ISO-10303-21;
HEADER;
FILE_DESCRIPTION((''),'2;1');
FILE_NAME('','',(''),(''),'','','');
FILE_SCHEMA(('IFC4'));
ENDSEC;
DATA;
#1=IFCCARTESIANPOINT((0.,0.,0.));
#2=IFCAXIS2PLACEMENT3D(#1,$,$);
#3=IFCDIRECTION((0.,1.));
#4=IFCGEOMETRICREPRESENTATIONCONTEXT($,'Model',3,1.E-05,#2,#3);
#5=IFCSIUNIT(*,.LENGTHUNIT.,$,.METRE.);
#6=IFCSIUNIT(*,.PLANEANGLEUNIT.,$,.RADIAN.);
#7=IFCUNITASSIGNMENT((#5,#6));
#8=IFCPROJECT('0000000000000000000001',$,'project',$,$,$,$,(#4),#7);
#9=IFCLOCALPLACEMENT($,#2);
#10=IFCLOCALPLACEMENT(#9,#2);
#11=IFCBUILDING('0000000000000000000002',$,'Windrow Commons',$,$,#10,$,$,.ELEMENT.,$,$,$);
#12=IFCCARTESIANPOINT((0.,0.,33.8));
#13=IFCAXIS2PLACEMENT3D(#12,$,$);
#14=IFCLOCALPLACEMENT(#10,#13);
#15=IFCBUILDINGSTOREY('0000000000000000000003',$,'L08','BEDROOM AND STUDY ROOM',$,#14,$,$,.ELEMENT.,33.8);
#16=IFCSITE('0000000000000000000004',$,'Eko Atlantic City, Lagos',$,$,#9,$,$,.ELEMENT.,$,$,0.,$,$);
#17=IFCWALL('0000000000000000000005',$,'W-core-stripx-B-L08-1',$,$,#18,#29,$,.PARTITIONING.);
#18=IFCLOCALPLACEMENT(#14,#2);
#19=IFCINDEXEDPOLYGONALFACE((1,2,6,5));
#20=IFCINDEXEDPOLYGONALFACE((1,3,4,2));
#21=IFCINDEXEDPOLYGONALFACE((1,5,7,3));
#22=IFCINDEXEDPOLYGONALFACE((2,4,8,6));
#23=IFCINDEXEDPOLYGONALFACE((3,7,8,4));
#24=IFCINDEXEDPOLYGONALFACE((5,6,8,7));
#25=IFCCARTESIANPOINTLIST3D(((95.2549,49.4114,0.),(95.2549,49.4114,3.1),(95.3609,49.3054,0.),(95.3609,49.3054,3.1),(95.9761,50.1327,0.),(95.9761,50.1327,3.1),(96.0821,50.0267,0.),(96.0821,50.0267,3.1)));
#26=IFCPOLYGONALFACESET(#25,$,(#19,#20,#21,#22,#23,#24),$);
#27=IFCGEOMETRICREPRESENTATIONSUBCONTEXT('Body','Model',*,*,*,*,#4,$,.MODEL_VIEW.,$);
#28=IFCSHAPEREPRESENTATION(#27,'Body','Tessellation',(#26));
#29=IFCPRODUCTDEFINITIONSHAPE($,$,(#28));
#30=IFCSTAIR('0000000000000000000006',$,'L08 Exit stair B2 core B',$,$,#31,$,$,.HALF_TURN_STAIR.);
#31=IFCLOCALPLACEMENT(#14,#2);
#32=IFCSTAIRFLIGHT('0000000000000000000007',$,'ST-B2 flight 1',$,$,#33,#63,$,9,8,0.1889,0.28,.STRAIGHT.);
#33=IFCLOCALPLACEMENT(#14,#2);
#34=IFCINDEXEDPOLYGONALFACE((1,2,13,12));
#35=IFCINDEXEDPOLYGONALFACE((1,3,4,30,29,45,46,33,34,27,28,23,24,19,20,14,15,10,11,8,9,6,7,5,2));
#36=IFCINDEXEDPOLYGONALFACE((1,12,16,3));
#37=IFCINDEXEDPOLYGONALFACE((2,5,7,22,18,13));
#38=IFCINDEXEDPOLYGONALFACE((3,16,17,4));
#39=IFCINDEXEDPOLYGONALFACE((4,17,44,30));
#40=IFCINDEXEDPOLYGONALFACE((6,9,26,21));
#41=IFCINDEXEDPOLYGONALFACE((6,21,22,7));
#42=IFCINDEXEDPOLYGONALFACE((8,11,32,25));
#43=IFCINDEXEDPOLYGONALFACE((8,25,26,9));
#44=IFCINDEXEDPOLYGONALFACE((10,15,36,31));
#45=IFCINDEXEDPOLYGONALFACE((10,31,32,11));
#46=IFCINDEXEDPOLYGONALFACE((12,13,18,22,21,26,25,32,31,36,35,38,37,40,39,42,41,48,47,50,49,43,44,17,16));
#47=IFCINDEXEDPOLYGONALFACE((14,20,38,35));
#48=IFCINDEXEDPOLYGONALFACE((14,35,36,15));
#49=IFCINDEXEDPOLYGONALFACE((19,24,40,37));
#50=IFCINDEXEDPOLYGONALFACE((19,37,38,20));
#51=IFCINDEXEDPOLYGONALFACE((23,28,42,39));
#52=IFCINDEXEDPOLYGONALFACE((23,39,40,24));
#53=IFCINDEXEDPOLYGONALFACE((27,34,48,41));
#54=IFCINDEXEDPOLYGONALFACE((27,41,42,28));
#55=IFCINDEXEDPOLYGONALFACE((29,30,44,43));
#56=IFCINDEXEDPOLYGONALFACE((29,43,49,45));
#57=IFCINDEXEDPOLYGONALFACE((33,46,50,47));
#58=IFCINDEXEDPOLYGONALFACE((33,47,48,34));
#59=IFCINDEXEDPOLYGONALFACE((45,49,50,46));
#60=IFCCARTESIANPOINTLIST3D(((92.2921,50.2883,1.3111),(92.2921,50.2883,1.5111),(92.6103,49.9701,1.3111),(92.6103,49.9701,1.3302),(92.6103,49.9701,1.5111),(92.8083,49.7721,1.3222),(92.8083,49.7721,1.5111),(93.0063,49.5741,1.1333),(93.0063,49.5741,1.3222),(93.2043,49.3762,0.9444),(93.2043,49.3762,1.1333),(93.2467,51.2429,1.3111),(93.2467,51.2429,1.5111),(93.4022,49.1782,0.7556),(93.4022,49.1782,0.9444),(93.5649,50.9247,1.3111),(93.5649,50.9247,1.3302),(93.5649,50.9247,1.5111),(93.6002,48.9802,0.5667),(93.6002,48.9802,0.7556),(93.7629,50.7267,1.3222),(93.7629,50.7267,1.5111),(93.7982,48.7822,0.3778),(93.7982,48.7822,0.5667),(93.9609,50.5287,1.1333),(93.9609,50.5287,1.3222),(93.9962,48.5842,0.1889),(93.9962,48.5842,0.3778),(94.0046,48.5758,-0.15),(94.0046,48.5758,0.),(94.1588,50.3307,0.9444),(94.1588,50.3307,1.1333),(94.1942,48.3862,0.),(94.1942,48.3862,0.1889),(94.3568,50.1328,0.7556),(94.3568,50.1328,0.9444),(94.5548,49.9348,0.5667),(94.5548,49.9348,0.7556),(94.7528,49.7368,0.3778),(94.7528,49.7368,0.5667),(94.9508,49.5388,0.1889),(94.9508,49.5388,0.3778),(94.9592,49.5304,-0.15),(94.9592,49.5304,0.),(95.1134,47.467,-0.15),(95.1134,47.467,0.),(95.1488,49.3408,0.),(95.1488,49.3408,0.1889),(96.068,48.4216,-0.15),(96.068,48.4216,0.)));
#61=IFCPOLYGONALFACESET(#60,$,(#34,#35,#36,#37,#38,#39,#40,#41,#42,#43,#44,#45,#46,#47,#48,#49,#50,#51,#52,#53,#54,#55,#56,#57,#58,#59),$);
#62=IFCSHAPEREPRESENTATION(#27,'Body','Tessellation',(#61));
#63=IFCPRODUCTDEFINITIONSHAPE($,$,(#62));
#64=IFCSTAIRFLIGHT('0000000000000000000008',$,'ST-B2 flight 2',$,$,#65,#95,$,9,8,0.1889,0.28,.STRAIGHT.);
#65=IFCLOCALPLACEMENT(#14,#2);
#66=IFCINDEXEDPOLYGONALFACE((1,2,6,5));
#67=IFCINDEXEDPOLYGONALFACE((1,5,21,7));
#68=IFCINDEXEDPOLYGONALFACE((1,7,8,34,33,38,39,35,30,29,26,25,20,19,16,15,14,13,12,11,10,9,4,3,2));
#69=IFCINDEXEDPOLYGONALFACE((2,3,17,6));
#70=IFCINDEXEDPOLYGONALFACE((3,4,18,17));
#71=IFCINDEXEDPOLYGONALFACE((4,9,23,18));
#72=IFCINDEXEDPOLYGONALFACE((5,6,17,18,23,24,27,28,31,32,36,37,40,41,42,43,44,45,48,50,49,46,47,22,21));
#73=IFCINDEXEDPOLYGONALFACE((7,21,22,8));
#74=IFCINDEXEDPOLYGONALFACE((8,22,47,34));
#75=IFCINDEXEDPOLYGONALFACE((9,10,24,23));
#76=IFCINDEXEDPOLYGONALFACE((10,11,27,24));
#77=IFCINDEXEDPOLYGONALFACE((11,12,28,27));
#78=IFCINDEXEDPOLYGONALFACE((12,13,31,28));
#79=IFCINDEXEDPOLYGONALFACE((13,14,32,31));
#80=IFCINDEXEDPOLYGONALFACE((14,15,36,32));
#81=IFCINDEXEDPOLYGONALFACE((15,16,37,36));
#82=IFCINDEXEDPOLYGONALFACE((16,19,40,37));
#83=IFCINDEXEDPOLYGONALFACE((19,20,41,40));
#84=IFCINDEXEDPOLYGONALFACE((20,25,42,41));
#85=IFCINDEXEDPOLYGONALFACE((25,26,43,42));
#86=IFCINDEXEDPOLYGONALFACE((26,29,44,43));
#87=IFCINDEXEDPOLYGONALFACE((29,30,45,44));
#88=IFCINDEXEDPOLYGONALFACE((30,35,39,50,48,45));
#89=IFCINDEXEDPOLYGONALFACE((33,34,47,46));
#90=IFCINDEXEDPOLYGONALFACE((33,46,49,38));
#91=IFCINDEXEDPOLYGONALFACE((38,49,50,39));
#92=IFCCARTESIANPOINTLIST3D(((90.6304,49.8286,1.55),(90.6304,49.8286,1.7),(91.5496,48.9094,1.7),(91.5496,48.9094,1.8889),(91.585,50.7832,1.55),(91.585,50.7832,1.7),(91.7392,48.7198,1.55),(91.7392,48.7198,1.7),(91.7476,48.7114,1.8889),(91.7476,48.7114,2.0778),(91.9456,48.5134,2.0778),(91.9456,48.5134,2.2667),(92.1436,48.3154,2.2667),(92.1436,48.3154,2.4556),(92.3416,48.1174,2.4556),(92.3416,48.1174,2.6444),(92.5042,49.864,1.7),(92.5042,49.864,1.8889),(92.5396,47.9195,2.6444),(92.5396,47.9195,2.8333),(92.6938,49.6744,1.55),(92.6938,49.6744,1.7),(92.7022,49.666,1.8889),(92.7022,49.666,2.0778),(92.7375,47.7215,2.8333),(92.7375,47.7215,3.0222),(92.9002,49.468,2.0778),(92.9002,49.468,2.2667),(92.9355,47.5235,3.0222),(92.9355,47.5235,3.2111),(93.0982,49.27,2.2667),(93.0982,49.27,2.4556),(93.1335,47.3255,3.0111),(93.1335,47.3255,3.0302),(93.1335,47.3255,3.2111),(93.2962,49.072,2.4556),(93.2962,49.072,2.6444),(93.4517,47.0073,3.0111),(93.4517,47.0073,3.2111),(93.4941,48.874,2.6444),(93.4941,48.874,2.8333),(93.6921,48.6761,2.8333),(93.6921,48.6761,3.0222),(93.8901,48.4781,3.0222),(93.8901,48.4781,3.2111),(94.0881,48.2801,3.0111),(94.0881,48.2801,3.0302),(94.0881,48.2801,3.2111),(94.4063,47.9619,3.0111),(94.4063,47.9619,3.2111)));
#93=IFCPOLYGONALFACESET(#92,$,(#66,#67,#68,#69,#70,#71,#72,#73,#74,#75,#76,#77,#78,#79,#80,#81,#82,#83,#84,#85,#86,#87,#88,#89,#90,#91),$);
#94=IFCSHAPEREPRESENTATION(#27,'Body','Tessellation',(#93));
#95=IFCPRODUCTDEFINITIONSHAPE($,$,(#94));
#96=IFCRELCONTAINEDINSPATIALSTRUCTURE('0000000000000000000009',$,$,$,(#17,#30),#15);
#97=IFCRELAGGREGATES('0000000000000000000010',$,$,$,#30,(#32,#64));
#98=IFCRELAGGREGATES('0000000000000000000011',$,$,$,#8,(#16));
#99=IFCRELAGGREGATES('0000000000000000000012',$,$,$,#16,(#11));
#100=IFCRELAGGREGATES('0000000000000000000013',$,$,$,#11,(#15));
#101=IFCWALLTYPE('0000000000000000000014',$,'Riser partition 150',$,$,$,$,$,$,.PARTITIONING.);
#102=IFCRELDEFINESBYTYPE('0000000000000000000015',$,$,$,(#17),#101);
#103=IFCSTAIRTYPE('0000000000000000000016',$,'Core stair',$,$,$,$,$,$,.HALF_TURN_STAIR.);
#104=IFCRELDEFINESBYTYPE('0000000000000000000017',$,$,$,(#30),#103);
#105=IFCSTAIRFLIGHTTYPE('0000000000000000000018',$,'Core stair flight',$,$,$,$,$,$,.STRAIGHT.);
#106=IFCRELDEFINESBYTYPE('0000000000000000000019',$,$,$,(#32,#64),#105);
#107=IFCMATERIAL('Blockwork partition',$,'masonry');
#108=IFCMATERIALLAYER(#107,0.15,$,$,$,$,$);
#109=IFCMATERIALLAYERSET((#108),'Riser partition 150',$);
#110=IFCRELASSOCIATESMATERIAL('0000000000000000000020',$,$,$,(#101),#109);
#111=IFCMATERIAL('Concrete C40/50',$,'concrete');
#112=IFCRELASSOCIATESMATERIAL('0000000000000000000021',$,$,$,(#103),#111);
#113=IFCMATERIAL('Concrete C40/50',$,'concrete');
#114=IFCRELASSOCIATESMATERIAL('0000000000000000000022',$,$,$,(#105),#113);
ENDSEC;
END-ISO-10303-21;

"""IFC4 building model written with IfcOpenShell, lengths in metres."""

from ifc_helpers import new_model, si_unit, direction, frame, frame_2d, origin, place, context, subcontext, project, spatial, polyline, rectangle, outline, extrude, material, layer, layer_set, type_object, element, aggregate, save


model = new_model("IFC4")

# Units and contexts
model_context = context("Model", 3, precision=1e-05, world=origin(), true_north=direction((0.0, 1.0)))
body_context = subcontext(model_context, "Body", "Model", "MODEL_VIEW")
ifc_project = project(units=[si_unit("LENGTHUNIT", "METRE"), si_unit("PLANEANGLEUNIT", "RADIAN")], contexts=[model_context])

# Site, building, storey
site_placement = place(None, origin())
site = spatial("IfcSite", under=ifc_project, at=site_placement, Name="Eko Atlantic City, Lagos", CompositionType="ELEMENT", RefElevation=0.0)
building_placement = place(site_placement, origin())
building = spatial("IfcBuilding", under=site, at=building_placement, Name="Windrow Commons", CompositionType="ELEMENT")
storey_placement = place(building_placement, frame((0.0, 0.0, 33.8)))
storey = spatial("IfcBuildingStorey", under=building, at=storey_placement, Name="L08", Description="BEDROOM AND STUDY ROOM", CompositionType="ELEMENT", Elevation=33.8)

# Wall
ifc_material_1 = material(Name="Blockwork partition", Category="masonry")
ifc_layer_1 = layer(ifc_material_1, 0.15)
ifc_layer_set_1 = layer_set([ifc_layer_1], Name="Riser partition 150")
wall_type_1 = type_object("IfcWallType", Name="Riser partition 150", PredefinedType="PARTITIONING", material=ifc_layer_set_1)
wall_1_placement = place(storey_placement, frame((95.3079, 49.3584, 0.0), z_axis=(0.0, 0.0, 1.0), x_axis=(0.707058, 0.707156, 0.0)))
element("IfcWall", 1, at=wall_1_placement, inside=storey, type_object=wall_type_1, Name="W-core-stripx-B-L08-1", PredefinedType="PARTITIONING", context=body_context, shape_type="SweptSolid", body=[
    extrude(rectangle(XDim=1.02, YDim=0.15, at=frame_2d((0.51, 0.0))), origin(), (0.0, 0.0, 1.0), 3.1),
])

# Stair, stair flights
ifc_material_2 = material(Name="Concrete C40/50", Category="concrete")
stair_type = type_object("IfcStairType", Name="Core stair", PredefinedType="HALF_TURN_STAIR", material=ifc_material_2)
stair_placement = place(storey_placement, origin())
stair = element("IfcStair", 2, at=stair_placement, inside=storey, type_object=stair_type, Name="L08 Exit stair B2 core B", PredefinedType="HALF_TURN_STAIR")
ifc_material_3 = material(Name="Concrete C40/50", Category="concrete")
stair_flight_type = type_object("IfcStairFlightType", Name="Core stair flight", PredefinedType="STRAIGHT", material=ifc_material_3)
stair_flight_1_placement = place(storey_placement, frame((94.6715, 48.8635, 0.0), z_axis=(0.0, 0.0, 1.0), x_axis=(-0.707107, 0.707107, 0.0)))
stair_flight_1 = element("IfcStairFlight", 3, at=stair_flight_1_placement, type_object=stair_flight_type, Name="ST-B2 flight 1", NumberOfRisers=9, NumberOfTreads=8, PredefinedType="STRAIGHT", RiserHeight=0.1889, TreadLength=0.28, context=body_context, shape_type="SweptSolid", body=[
    extrude(outline(polyline([(-1.3, -0.15), (-1.3, 0.0), (0.0, 0.0), (0.0, 0.1889), (0.28, 0.1889), (0.28, 0.3778), (0.56, 0.3778), (0.56, 0.5667), (0.84, 0.5667), (0.84, 0.7556), (1.12, 0.7556), (1.12, 0.9444), (1.4, 0.9444), (1.4, 1.1333), (1.68, 1.1333), (1.68, 1.3222), (1.96, 1.3222), (1.96, 1.5111), (2.24, 1.5111), (2.69, 1.5111), (2.69, 1.3111), (2.24, 1.3111), (2.24, 1.3302), (0.2682, 0.0), (0.2682, -0.15), (-1.3, -0.15)])), frame((0.0, 0.675, 0.0), z_axis=(0.0, -1.0, 0.0), x_axis=(1.0, 0.0, 0.0)), (0.0, 0.0, 1.0), 1.35),
])
stair_flight_2_placement = place(storey_placement, frame((92.0269, 49.3867, 1.7), z_axis=(0.0, 0.0, 1.0), x_axis=(0.707107, -0.707107, 0.0)))
stair_flight_2 = element("IfcStairFlight", 4, at=stair_flight_2_placement, type_object=stair_flight_type, Name="ST-B2 flight 2", NumberOfRisers=9, NumberOfTreads=8, PredefinedType="STRAIGHT", RiserHeight=0.1889, TreadLength=0.28, context=body_context, shape_type="SweptSolid", body=[
    extrude(outline(polyline([(-1.3, -0.15), (-1.3, 0.0), (0.0, 0.0), (0.0, 0.1889), (0.28, 0.1889), (0.28, 0.3778), (0.56, 0.3778), (0.56, 0.5667), (0.84, 0.5667), (0.84, 0.7556), (1.12, 0.7556), (1.12, 0.9444), (1.4, 0.9444), (1.4, 1.1333), (1.68, 1.1333), (1.68, 1.3222), (1.96, 1.3222), (1.96, 1.5111), (2.24, 1.5111), (2.69, 1.5111), (2.69, 1.3111), (2.24, 1.3111), (2.24, 1.3302), (0.2682, 0.0), (0.2682, -0.15), (-1.3, -0.15)])), frame((0.0, 0.675, 0.0), z_axis=(0.0, -1.0, 0.0), x_axis=(1.0, 0.0, 0.0)), (0.0, 0.0, 1.0), 1.35),
])
aggregate(stair, [stair_flight_1, stair_flight_2])

save(model, "model.ifc")
